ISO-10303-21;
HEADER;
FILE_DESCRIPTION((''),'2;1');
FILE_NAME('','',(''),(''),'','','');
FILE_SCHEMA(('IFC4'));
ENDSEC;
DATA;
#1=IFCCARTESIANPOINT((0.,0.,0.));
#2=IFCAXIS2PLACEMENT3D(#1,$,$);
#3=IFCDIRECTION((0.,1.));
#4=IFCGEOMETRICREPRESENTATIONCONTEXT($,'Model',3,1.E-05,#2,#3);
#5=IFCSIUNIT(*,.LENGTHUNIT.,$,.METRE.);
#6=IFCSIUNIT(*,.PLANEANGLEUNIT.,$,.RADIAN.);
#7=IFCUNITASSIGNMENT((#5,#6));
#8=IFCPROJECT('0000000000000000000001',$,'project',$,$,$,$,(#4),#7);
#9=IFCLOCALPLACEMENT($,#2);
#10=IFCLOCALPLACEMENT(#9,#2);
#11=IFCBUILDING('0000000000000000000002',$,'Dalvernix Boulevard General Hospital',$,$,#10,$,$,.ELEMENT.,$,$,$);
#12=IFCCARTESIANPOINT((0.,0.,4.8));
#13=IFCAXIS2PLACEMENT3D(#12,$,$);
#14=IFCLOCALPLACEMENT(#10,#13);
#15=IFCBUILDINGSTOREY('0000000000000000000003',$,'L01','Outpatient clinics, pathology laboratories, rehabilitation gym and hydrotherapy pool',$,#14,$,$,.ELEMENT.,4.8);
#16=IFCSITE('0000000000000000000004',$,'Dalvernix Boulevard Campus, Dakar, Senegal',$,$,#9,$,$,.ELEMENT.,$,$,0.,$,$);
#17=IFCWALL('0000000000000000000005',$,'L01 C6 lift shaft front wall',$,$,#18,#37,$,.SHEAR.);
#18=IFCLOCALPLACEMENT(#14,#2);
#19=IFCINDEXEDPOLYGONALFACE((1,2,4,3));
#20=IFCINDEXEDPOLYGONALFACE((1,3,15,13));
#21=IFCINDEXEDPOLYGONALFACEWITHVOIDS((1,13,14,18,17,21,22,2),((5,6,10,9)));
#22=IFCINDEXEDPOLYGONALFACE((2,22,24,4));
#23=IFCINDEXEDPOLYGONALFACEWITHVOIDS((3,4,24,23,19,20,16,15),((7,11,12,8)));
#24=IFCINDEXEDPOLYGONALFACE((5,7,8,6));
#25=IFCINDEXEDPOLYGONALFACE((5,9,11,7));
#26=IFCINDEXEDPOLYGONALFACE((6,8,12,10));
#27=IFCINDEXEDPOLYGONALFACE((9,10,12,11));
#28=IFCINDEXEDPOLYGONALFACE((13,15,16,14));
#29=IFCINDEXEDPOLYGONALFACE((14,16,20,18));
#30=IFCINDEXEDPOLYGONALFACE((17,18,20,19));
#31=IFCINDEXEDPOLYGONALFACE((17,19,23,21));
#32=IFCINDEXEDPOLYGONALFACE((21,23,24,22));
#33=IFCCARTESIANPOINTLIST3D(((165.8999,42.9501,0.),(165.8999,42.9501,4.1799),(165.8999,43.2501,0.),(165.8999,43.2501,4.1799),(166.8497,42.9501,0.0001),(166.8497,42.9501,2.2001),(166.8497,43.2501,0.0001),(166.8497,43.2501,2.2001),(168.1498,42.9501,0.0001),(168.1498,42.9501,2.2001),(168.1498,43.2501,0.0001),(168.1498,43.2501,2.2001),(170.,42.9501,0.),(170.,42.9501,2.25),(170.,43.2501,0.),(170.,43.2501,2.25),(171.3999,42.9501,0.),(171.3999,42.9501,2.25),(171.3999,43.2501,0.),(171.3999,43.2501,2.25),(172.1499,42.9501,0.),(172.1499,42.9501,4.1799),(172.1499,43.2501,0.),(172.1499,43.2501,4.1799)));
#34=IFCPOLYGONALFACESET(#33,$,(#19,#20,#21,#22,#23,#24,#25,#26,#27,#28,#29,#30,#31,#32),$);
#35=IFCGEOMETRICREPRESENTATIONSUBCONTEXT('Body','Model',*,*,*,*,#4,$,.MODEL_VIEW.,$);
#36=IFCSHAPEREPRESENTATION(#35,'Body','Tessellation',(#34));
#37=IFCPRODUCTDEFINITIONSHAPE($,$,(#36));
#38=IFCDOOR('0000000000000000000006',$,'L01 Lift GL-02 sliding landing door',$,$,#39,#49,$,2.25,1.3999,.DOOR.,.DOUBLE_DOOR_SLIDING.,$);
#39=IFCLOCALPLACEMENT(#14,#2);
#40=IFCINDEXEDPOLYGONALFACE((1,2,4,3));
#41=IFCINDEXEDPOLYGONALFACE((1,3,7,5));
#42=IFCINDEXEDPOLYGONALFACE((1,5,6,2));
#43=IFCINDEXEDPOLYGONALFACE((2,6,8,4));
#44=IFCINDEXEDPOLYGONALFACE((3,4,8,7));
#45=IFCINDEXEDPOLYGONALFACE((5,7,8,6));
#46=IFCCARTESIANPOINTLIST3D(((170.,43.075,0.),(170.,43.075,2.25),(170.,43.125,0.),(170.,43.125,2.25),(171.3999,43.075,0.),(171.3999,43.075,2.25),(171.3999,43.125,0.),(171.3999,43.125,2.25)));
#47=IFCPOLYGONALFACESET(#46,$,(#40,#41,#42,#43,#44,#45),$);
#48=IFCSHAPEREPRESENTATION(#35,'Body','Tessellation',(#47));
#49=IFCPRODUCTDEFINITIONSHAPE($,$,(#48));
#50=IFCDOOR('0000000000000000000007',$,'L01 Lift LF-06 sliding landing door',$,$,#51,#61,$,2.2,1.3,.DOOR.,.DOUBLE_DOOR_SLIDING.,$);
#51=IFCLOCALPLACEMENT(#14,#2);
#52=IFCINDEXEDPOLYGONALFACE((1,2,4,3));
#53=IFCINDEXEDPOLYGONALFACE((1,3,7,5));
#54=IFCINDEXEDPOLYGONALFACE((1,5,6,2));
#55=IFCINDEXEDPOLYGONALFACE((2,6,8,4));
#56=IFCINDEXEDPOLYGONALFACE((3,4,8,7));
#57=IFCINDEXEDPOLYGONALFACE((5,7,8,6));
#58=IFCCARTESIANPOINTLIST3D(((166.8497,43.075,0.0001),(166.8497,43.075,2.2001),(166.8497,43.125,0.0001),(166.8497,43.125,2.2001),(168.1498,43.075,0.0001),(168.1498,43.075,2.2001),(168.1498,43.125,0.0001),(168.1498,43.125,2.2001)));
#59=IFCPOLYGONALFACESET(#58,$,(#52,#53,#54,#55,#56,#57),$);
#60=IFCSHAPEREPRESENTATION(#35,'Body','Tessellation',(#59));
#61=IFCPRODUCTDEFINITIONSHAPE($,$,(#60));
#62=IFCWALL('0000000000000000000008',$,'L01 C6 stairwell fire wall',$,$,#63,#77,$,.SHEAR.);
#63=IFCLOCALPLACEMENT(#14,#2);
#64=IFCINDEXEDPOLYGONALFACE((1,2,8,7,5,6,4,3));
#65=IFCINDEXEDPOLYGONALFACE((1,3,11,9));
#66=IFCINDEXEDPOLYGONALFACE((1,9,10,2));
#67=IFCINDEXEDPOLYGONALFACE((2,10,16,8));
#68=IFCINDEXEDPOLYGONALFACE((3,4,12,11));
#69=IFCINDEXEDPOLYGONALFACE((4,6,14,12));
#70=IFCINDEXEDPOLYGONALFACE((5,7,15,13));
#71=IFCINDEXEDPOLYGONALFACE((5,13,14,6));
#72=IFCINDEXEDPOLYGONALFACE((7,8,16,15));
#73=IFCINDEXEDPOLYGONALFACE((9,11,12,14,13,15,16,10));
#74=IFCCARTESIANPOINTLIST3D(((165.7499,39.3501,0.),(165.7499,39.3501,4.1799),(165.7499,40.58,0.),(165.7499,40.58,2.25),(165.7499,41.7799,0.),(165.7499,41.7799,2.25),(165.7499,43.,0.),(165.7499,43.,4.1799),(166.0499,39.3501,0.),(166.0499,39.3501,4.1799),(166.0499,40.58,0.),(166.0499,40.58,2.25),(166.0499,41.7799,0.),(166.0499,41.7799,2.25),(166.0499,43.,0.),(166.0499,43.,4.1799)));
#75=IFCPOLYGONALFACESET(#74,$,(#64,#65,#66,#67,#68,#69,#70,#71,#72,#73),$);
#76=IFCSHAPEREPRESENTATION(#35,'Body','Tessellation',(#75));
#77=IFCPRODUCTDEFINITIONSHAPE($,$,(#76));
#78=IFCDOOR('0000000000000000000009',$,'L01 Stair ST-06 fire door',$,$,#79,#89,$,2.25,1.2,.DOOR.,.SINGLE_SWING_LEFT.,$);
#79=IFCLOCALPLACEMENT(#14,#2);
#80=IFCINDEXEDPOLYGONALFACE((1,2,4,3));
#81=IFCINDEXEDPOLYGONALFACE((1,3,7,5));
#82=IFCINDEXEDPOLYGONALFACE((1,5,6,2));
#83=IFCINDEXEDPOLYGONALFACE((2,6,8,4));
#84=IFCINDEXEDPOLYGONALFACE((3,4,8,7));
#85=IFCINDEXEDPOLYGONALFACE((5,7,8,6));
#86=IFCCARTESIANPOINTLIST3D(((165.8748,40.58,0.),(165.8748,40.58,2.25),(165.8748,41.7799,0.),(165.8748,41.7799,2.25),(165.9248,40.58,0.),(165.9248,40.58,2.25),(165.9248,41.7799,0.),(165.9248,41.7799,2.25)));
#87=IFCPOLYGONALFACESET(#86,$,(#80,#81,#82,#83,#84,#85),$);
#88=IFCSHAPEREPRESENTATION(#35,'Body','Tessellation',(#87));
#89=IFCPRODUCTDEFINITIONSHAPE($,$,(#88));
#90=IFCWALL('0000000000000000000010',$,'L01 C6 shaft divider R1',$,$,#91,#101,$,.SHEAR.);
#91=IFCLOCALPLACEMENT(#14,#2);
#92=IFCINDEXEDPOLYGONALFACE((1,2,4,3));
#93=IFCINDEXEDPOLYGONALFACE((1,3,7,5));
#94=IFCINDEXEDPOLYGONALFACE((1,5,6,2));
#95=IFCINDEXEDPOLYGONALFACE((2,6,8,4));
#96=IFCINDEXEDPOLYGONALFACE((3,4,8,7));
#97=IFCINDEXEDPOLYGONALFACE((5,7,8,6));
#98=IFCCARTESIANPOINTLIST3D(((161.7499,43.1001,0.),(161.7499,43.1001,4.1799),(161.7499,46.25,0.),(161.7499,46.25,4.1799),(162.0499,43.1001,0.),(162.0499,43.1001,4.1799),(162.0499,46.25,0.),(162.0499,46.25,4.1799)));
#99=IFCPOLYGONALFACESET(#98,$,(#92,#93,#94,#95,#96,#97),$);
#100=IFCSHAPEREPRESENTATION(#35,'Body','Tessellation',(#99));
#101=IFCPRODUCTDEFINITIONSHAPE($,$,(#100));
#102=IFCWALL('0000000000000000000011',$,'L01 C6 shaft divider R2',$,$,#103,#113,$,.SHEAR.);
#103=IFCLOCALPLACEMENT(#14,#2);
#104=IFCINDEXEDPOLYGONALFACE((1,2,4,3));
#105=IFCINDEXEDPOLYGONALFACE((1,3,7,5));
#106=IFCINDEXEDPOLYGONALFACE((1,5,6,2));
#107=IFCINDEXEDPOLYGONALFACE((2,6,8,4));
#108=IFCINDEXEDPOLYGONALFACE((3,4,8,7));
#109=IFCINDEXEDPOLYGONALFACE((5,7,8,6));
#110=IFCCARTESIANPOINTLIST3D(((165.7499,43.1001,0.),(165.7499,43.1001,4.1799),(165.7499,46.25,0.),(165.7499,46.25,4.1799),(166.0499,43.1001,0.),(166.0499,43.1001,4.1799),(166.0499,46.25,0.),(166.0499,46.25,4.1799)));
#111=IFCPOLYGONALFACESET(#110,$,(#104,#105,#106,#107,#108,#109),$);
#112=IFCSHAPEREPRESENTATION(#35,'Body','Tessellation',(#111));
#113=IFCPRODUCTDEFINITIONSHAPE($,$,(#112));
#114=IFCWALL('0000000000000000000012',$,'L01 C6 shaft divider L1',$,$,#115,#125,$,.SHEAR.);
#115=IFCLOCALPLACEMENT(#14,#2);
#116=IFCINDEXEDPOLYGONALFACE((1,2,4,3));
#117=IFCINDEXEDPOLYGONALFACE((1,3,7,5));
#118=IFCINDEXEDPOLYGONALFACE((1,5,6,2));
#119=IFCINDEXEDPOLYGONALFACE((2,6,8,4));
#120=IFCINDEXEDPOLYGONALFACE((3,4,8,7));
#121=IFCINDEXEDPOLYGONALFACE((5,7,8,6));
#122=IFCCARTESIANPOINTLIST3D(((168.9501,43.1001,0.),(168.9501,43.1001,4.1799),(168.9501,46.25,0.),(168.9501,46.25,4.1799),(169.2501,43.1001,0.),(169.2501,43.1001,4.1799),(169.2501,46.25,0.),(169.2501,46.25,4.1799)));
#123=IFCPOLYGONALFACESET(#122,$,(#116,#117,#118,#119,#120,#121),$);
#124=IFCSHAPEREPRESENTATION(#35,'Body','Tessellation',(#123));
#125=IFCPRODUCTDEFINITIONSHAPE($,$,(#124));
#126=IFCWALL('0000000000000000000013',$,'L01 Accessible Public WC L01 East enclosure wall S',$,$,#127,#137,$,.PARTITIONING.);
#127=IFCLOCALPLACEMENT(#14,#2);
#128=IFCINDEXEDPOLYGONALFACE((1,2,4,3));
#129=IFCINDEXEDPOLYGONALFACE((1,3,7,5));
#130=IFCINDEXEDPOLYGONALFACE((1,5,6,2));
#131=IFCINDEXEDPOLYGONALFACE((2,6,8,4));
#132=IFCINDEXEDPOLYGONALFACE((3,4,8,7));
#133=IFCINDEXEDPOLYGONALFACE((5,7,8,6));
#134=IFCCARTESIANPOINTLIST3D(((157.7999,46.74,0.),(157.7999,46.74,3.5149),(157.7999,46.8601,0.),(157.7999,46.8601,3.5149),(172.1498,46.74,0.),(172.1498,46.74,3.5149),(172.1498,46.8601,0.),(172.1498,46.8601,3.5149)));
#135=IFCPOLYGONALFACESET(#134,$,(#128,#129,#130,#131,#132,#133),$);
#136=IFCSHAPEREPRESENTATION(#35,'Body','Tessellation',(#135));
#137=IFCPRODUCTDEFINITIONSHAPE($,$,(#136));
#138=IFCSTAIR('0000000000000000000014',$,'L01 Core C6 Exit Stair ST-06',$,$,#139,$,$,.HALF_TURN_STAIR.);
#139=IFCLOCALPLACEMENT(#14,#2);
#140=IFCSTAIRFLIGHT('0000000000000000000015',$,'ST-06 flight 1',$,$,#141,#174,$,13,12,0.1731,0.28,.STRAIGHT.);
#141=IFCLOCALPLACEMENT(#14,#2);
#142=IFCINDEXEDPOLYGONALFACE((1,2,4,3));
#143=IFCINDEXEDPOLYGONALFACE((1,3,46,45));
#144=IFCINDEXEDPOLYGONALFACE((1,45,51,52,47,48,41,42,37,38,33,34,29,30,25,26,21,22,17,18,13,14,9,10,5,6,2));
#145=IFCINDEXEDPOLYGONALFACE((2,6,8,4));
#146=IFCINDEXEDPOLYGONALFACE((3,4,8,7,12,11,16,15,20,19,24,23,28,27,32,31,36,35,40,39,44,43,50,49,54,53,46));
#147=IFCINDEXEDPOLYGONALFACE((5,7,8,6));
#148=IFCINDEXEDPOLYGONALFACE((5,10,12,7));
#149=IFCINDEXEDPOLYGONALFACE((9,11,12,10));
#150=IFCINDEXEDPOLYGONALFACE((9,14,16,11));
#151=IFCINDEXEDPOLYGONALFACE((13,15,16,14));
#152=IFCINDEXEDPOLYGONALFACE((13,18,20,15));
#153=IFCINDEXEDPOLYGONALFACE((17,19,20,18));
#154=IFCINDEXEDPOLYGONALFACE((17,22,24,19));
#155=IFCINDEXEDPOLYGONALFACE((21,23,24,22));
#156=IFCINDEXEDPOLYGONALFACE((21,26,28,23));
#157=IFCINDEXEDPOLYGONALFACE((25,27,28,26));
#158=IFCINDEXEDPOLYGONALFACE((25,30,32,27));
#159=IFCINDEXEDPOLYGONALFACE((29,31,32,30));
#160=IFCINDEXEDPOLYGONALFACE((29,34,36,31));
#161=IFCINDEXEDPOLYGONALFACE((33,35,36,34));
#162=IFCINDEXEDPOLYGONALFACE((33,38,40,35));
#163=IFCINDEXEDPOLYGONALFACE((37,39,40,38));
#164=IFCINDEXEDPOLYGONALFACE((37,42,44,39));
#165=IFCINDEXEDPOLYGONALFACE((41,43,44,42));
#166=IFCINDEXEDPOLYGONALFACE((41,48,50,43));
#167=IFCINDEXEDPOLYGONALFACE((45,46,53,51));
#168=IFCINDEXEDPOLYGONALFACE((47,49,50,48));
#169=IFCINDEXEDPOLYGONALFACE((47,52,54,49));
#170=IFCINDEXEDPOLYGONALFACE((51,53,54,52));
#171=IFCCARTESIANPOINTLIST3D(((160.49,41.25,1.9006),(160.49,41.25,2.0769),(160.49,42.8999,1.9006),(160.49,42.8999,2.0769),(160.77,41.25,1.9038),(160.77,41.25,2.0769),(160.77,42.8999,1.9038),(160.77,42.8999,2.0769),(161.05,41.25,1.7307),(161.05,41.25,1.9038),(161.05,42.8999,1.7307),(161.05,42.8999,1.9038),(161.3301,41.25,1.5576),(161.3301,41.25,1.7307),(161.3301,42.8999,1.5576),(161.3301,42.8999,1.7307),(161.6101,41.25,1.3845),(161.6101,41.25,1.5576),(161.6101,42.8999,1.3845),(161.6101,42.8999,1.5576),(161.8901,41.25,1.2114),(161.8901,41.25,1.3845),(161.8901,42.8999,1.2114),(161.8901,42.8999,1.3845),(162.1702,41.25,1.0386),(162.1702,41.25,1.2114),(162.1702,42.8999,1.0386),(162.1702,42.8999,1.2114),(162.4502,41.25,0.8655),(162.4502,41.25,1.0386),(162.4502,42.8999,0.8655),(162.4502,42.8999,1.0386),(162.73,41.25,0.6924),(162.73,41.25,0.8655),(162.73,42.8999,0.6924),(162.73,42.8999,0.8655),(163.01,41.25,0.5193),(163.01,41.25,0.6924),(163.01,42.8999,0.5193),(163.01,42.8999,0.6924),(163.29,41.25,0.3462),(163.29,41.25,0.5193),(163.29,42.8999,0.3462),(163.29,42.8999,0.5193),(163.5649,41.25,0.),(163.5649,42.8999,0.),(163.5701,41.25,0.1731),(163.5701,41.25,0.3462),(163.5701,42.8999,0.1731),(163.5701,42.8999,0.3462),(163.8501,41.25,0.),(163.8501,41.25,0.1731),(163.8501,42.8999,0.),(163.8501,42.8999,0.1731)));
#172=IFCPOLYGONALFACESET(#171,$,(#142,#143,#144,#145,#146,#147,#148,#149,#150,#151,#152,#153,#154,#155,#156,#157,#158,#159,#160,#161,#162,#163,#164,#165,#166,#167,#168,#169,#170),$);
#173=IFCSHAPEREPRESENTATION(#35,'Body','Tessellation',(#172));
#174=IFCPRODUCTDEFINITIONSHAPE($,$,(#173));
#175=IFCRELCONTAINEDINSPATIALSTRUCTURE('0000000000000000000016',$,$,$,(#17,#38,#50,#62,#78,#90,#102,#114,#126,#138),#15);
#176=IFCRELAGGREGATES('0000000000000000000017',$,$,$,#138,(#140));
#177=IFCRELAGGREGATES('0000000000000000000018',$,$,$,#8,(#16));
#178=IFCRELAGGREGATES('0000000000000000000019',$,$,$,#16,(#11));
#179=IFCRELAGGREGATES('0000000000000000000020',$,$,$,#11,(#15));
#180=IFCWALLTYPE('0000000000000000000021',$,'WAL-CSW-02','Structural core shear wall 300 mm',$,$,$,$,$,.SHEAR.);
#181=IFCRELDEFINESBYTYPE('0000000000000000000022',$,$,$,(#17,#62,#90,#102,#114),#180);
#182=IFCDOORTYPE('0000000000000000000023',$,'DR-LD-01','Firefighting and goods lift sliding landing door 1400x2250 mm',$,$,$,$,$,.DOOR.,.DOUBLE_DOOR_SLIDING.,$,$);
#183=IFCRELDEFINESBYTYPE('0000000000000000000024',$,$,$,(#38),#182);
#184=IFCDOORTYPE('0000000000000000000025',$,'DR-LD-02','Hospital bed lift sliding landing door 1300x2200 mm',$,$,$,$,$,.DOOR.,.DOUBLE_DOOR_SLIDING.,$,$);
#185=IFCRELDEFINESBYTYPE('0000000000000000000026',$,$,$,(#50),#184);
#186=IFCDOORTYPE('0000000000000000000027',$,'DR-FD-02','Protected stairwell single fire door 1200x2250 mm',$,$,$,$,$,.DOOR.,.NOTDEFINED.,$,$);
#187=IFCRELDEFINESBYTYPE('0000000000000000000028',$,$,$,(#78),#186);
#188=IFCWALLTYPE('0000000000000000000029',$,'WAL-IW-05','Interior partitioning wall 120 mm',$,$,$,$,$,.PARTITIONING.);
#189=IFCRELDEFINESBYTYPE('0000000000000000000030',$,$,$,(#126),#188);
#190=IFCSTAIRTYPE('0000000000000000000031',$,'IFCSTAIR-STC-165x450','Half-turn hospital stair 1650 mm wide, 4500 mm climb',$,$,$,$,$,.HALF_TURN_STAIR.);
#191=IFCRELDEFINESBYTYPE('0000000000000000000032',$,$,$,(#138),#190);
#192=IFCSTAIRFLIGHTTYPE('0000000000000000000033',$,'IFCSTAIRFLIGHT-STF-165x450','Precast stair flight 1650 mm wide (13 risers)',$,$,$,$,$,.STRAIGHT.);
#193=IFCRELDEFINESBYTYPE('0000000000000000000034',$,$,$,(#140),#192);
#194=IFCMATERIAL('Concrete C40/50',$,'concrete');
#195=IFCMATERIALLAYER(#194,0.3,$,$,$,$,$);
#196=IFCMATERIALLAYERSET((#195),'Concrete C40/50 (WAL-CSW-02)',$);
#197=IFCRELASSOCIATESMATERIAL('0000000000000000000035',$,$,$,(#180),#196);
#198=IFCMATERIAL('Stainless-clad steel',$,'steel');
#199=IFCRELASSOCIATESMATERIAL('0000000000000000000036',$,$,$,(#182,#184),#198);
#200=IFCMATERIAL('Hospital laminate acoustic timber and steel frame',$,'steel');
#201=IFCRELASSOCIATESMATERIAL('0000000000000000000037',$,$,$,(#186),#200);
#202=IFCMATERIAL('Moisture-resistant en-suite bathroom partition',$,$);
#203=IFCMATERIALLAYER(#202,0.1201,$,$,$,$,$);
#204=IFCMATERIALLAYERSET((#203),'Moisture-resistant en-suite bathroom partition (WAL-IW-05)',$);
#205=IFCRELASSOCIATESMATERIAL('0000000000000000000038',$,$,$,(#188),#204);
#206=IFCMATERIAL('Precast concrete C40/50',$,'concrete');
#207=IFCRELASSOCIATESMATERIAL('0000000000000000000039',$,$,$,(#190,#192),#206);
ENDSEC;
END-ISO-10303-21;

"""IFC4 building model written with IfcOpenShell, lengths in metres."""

from ifc_helpers import new_model, si_unit, direction, frame, frame_2d, origin, place, context, subcontext, project, spatial, polyline, rectangle, outline, extrude, material, layer, layer_set, type_object, element, fill, aggregate, save


model = new_model("IFC4")

# Units and contexts
model_context = context("Model", 3, precision=1e-05, world=origin(), true_north=direction((0.0, 1.0)))
body_context = subcontext(model_context, "Body", "Model", "MODEL_VIEW")
ifc_project = project(units=[si_unit("LENGTHUNIT", "METRE"), si_unit("PLANEANGLEUNIT", "RADIAN")], contexts=[model_context])

# Site, building, storey
site_placement = place(None, origin())
site = spatial("IfcSite", under=ifc_project, at=site_placement, Name="Dalvernix Boulevard Campus, Dakar, Senegal", CompositionType="ELEMENT", RefElevation=0.0)
building_placement = place(site_placement, origin())
building = spatial("IfcBuilding", under=site, at=building_placement, Name="Dalvernix Boulevard General Hospital", CompositionType="ELEMENT")
storey_placement = place(building_placement, frame((0.0, 0.0, 4.8)))
storey = spatial("IfcBuildingStorey", under=building, at=storey_placement, Name="L01", Description="Outpatient clinics, pathology laboratories, rehabilitation gym and hydrotherapy pool", CompositionType="ELEMENT", Elevation=4.8)

# Shared definitions
ifc_material_1 = material(Name="Concrete C40/50", Category="concrete")

# Shared definitions
ifc_layer_1 = layer(ifc_material_1, 0.3)
ifc_layer_set_1 = layer_set([ifc_layer_1], Name="Concrete C40/50 (WAL-CSW-02)")
wall_type_1 = type_object("IfcWallType", Name="WAL-CSW-02", Description="Structural core shear wall 300 mm", PredefinedType="SHEAR", material=ifc_layer_set_1)

# Wall, openings, doors
wall_1_placement = place(storey_placement, frame((165.8999, 43.1001, 0.0), z_axis=(0.0, 0.0, 1.0), x_axis=(1.0, 0.0, 0.0)))
wall_1 = element("IfcWall", 1, at=wall_1_placement, inside=storey, type_object=wall_type_1, Name="L01 C6 lift shaft front wall", PredefinedType="SHEAR", context=body_context, shape_type="SweptSolid", body=[
    extrude(rectangle(XDim=6.25, YDim=0.3, at=frame_2d((3.125, 0.0))), origin(), (0.0, 0.0, 1.0), 4.1799),
])
opening_1_placement = place(wall_1_placement, frame((0.95, 0.0, 0.0)))
opening_1 = element("IfcOpeningElement", 2, at=opening_1_placement, cuts=wall_1, PredefinedType="OPENING", context=body_context, shape_type="SweptSolid", body=[
    extrude(rectangle(XDim=1.3, YDim=2.2, at=frame_2d((0.6499, 1.1001))), frame((0.0, 0.1599, 0.0), z_axis=(0.0, -1.0, 0.0), x_axis=(1.0, 0.0, 0.0)), (0.0, 0.0, 1.0), 0.3201),
])
opening_2_placement = place(wall_1_placement, frame((4.1001, 0.0, 0.0)))
opening_2 = element("IfcOpeningElement", 3, at=opening_2_placement, cuts=wall_1, PredefinedType="OPENING", context=body_context, shape_type="SweptSolid", body=[
    extrude(rectangle(XDim=1.3999, YDim=2.25, at=frame_2d((0.7, 1.125))), frame((0.0, 0.1599, 0.0), z_axis=(0.0, -1.0, 0.0), x_axis=(1.0, 0.0, 0.0)), (0.0, 0.0, 1.0), 0.3201),
])
ifc_material_2 = material(Name="Stainless-clad steel", Category="steel")
door_type_1 = type_object("IfcDoorType", Name="DR-LD-01", Description="Firefighting and goods lift sliding landing door 1400x2250 mm", OperationType="DOUBLE_DOOR_SLIDING", PredefinedType="DOOR", material=ifc_material_2)
door_1_placement = place(opening_2_placement, origin())
door_1 = element("IfcDoor", 4, at=door_1_placement, inside=storey, type_object=door_type_1, Name="L01 Lift GL-02 sliding landing door", OperationType="DOUBLE_DOOR_SLIDING", OverallHeight=2.25, OverallWidth=1.3999, PredefinedType="DOOR", context=body_context, shape_type="SweptSolid", body=[
    extrude(rectangle(XDim=1.3999, YDim=2.25, at=frame_2d((0.7, 1.125))), frame((0.0, 0.0249, 0.0), z_axis=(0.0, -1.0, 0.0), x_axis=(1.0, 0.0, 0.0)), (0.0, 0.0, 1.0), 0.05),
])
fill(opening_2, door_1)
door_type_2 = type_object("IfcDoorType", Name="DR-LD-02", Description="Hospital bed lift sliding landing door 1300x2200 mm", OperationType="DOUBLE_DOOR_SLIDING", PredefinedType="DOOR", material=ifc_material_2)
door_2_placement = place(opening_1_placement, origin())
door_2 = element("IfcDoor", 5, at=door_2_placement, inside=storey, type_object=door_type_2, Name="L01 Lift LF-06 sliding landing door", OperationType="DOUBLE_DOOR_SLIDING", OverallHeight=2.2, OverallWidth=1.3, PredefinedType="DOOR", context=body_context, shape_type="SweptSolid", body=[
    extrude(rectangle(XDim=1.3, YDim=2.2, at=frame_2d((0.6499, 1.1001))), frame((0.0, 0.0249, 0.0), z_axis=(0.0, -1.0, 0.0), x_axis=(1.0, 0.0, 0.0)), (0.0, 0.0, 1.0), 0.05),
])
fill(opening_1, door_2)

# Wall, opening, door
wall_2_placement = place(storey_placement, frame((165.8999, 43.0, 0.0), z_axis=(0.0, 0.0, 1.0), x_axis=(0.0, -1.0, 0.0)))
wall_2 = element("IfcWall", 6, at=wall_2_placement, inside=storey, type_object=wall_type_1, Name="L01 C6 stairwell fire wall", PredefinedType="SHEAR", context=body_context, shape_type="SweptSolid", body=[
    extrude(rectangle(XDim=3.6499, YDim=0.3, at=frame_2d((1.825, 0.0))), origin(), (0.0, 0.0, 1.0), 4.1799),
])
opening_3_placement = place(wall_2_placement, frame((1.22, 0.0, 0.0)))
opening_3 = element("IfcOpeningElement", 7, at=opening_3_placement, cuts=wall_2, PredefinedType="OPENING", context=body_context, shape_type="SweptSolid", body=[
    extrude(rectangle(XDim=1.2, YDim=2.25, at=frame_2d((0.6001, 1.125))), frame((0.0, 0.1599, 0.0), z_axis=(0.0, -1.0, 0.0), x_axis=(1.0, 0.0, 0.0)), (0.0, 0.0, 1.0), 0.3201),
])
ifc_material_3 = material(Name="Hospital laminate acoustic timber and steel frame", Category="steel")
door_type_3 = type_object("IfcDoorType", Name="DR-FD-02", Description="Protected stairwell single fire door 1200x2250 mm", OperationType="NOTDEFINED", PredefinedType="DOOR", material=ifc_material_3)
door_3_placement = place(opening_3_placement, origin())
door_3 = element("IfcDoor", 8, at=door_3_placement, inside=storey, type_object=door_type_3, Name="L01 Stair ST-06 fire door", OperationType="SINGLE_SWING_LEFT", OverallHeight=2.25, OverallWidth=1.2, PredefinedType="DOOR", context=body_context, shape_type="SweptSolid", body=[
    extrude(rectangle(XDim=1.2, YDim=2.25, at=frame_2d((0.6001, 1.125))), frame((0.0, 0.0249, 0.0), z_axis=(0.0, -1.0, 0.0), x_axis=(1.0, 0.0, 0.0)), (0.0, 0.0, 1.0), 0.05),
])
fill(opening_3, door_3)

# Walls
for number, where, z_axis, x_axis, name in (
    (9, (161.8999, 43.1001, 0.0), (0.0, 0.0, 1.0), (0.0, 1.0, 0.0), "L01 C6 shaft divider R1"),
    (10, (165.8999, 43.1001, 0.0), (0.0, 0.0, 1.0), (0.0, 1.0, 0.0), "L01 C6 shaft divider R2"),
    (11, (169.1001, 43.1001, 0.0), (0.0, 0.0, 1.0), (0.0, 1.0, 0.0), "L01 C6 shaft divider L1"),
):
    element("IfcWall", number, at=place(storey_placement, frame(where, z_axis=z_axis, x_axis=x_axis)), inside=storey, type_object=wall_type_1, Name=name, PredefinedType="SHEAR", context=body_context, shape_type="SweptSolid", body=[
        extrude(rectangle(XDim=3.1499, YDim=0.3, at=frame_2d((1.575, 0.0))), origin(), (0.0, 0.0, 1.0), 4.1799),
    ])
ifc_material_4 = material(Name="Moisture-resistant en-suite bathroom partition")
ifc_layer_2 = layer(ifc_material_4, 0.1201)
ifc_layer_set_2 = layer_set([ifc_layer_2], Name="Moisture-resistant en-suite bathroom partition (WAL-IW-05)")
wall_type_2 = type_object("IfcWallType", Name="WAL-IW-05", Description="Interior partitioning wall 120 mm", PredefinedType="PARTITIONING", material=ifc_layer_set_2)
wall_3_placement = place(storey_placement, frame((157.8, 46.8, 0.0), z_axis=(0.0, 0.0, 1.0), x_axis=(1.0, 0.0, 0.0)))
element("IfcWall", 12, at=wall_3_placement, inside=storey, type_object=wall_type_2, Name="L01 Accessible Public WC L01 East enclosure wall S", PredefinedType="PARTITIONING", context=body_context, shape_type="SweptSolid", body=[
    extrude(rectangle(XDim=14.3499, YDim=0.1201, at=frame_2d((7.1748, 0.0))), origin(), (0.0, 0.0, 1.0), 3.5149),
])

# Stair, stair flight
ifc_material_5 = material(Name="Precast concrete C40/50", Category="concrete")
stair_type = type_object("IfcStairType", Name="IFCSTAIR-STC-165x450", Description="Half-turn hospital stair 1650 mm wide, 4500 mm climb", PredefinedType="HALF_TURN_STAIR", material=ifc_material_5)
stair_placement = place(storey_placement, origin())
stair = element("IfcStair", 13, at=stair_placement, inside=storey, type_object=stair_type, Name="L01 Core C6 Exit Stair ST-06", PredefinedType="HALF_TURN_STAIR")
stair_flight_type = type_object("IfcStairFlightType", Name="IFCSTAIRFLIGHT-STF-165x450", Description="Precast stair flight 1650 mm wide (13 risers)", PredefinedType="STRAIGHT", material=ifc_material_5)
stair_flight_placement = place(storey_placement, frame((163.8501, 42.075, 0.0), z_axis=(0.0, 0.0, 1.0), x_axis=(-1.0, 0.0, 0.0)))
stair_flight = element("IfcStairFlight", 14, at=stair_flight_placement, type_object=stair_flight_type, Name="ST-06 flight 1", NumberOfRisers=13, NumberOfTreads=12, PredefinedType="STRAIGHT", RiserHeight=0.1731, TreadLength=0.28, context=body_context, shape_type="SweptSolid", body=[
    extrude(outline(polyline([(0.0, 0.0), (0.0, 0.1731), (0.28, 0.1731), (0.28, 0.3462), (0.5601, 0.3462), (0.5601, 0.5193), (0.8401, 0.5193), (0.8401, 0.6924), (1.1201, 0.6924), (1.1201, 0.8655), (1.3999, 0.8655), (1.3999, 1.0386), (1.6799, 1.0386), (1.6799, 1.2114), (1.96, 1.2114), (1.96, 1.3845), (2.24, 1.3845), (2.24, 1.5576), (2.52, 1.5576), (2.52, 1.7307), (2.8, 1.7307), (2.8, 1.9038), (3.0801, 1.9038), (3.0801, 2.0769), (3.3601, 2.0769), (3.3601, 2.25), (3.3601, 1.9006), (0.2852, 0.0), (0.0, 0.0)])), frame((0.0, 0.825, 0.0), z_axis=(0.0, -1.0, 0.0), x_axis=(1.0, 0.0, 0.0)), (0.0, 0.0, 1.0), 1.6499),
])
aggregate(stair, [stair_flight])

save(model, "model.ifc")
